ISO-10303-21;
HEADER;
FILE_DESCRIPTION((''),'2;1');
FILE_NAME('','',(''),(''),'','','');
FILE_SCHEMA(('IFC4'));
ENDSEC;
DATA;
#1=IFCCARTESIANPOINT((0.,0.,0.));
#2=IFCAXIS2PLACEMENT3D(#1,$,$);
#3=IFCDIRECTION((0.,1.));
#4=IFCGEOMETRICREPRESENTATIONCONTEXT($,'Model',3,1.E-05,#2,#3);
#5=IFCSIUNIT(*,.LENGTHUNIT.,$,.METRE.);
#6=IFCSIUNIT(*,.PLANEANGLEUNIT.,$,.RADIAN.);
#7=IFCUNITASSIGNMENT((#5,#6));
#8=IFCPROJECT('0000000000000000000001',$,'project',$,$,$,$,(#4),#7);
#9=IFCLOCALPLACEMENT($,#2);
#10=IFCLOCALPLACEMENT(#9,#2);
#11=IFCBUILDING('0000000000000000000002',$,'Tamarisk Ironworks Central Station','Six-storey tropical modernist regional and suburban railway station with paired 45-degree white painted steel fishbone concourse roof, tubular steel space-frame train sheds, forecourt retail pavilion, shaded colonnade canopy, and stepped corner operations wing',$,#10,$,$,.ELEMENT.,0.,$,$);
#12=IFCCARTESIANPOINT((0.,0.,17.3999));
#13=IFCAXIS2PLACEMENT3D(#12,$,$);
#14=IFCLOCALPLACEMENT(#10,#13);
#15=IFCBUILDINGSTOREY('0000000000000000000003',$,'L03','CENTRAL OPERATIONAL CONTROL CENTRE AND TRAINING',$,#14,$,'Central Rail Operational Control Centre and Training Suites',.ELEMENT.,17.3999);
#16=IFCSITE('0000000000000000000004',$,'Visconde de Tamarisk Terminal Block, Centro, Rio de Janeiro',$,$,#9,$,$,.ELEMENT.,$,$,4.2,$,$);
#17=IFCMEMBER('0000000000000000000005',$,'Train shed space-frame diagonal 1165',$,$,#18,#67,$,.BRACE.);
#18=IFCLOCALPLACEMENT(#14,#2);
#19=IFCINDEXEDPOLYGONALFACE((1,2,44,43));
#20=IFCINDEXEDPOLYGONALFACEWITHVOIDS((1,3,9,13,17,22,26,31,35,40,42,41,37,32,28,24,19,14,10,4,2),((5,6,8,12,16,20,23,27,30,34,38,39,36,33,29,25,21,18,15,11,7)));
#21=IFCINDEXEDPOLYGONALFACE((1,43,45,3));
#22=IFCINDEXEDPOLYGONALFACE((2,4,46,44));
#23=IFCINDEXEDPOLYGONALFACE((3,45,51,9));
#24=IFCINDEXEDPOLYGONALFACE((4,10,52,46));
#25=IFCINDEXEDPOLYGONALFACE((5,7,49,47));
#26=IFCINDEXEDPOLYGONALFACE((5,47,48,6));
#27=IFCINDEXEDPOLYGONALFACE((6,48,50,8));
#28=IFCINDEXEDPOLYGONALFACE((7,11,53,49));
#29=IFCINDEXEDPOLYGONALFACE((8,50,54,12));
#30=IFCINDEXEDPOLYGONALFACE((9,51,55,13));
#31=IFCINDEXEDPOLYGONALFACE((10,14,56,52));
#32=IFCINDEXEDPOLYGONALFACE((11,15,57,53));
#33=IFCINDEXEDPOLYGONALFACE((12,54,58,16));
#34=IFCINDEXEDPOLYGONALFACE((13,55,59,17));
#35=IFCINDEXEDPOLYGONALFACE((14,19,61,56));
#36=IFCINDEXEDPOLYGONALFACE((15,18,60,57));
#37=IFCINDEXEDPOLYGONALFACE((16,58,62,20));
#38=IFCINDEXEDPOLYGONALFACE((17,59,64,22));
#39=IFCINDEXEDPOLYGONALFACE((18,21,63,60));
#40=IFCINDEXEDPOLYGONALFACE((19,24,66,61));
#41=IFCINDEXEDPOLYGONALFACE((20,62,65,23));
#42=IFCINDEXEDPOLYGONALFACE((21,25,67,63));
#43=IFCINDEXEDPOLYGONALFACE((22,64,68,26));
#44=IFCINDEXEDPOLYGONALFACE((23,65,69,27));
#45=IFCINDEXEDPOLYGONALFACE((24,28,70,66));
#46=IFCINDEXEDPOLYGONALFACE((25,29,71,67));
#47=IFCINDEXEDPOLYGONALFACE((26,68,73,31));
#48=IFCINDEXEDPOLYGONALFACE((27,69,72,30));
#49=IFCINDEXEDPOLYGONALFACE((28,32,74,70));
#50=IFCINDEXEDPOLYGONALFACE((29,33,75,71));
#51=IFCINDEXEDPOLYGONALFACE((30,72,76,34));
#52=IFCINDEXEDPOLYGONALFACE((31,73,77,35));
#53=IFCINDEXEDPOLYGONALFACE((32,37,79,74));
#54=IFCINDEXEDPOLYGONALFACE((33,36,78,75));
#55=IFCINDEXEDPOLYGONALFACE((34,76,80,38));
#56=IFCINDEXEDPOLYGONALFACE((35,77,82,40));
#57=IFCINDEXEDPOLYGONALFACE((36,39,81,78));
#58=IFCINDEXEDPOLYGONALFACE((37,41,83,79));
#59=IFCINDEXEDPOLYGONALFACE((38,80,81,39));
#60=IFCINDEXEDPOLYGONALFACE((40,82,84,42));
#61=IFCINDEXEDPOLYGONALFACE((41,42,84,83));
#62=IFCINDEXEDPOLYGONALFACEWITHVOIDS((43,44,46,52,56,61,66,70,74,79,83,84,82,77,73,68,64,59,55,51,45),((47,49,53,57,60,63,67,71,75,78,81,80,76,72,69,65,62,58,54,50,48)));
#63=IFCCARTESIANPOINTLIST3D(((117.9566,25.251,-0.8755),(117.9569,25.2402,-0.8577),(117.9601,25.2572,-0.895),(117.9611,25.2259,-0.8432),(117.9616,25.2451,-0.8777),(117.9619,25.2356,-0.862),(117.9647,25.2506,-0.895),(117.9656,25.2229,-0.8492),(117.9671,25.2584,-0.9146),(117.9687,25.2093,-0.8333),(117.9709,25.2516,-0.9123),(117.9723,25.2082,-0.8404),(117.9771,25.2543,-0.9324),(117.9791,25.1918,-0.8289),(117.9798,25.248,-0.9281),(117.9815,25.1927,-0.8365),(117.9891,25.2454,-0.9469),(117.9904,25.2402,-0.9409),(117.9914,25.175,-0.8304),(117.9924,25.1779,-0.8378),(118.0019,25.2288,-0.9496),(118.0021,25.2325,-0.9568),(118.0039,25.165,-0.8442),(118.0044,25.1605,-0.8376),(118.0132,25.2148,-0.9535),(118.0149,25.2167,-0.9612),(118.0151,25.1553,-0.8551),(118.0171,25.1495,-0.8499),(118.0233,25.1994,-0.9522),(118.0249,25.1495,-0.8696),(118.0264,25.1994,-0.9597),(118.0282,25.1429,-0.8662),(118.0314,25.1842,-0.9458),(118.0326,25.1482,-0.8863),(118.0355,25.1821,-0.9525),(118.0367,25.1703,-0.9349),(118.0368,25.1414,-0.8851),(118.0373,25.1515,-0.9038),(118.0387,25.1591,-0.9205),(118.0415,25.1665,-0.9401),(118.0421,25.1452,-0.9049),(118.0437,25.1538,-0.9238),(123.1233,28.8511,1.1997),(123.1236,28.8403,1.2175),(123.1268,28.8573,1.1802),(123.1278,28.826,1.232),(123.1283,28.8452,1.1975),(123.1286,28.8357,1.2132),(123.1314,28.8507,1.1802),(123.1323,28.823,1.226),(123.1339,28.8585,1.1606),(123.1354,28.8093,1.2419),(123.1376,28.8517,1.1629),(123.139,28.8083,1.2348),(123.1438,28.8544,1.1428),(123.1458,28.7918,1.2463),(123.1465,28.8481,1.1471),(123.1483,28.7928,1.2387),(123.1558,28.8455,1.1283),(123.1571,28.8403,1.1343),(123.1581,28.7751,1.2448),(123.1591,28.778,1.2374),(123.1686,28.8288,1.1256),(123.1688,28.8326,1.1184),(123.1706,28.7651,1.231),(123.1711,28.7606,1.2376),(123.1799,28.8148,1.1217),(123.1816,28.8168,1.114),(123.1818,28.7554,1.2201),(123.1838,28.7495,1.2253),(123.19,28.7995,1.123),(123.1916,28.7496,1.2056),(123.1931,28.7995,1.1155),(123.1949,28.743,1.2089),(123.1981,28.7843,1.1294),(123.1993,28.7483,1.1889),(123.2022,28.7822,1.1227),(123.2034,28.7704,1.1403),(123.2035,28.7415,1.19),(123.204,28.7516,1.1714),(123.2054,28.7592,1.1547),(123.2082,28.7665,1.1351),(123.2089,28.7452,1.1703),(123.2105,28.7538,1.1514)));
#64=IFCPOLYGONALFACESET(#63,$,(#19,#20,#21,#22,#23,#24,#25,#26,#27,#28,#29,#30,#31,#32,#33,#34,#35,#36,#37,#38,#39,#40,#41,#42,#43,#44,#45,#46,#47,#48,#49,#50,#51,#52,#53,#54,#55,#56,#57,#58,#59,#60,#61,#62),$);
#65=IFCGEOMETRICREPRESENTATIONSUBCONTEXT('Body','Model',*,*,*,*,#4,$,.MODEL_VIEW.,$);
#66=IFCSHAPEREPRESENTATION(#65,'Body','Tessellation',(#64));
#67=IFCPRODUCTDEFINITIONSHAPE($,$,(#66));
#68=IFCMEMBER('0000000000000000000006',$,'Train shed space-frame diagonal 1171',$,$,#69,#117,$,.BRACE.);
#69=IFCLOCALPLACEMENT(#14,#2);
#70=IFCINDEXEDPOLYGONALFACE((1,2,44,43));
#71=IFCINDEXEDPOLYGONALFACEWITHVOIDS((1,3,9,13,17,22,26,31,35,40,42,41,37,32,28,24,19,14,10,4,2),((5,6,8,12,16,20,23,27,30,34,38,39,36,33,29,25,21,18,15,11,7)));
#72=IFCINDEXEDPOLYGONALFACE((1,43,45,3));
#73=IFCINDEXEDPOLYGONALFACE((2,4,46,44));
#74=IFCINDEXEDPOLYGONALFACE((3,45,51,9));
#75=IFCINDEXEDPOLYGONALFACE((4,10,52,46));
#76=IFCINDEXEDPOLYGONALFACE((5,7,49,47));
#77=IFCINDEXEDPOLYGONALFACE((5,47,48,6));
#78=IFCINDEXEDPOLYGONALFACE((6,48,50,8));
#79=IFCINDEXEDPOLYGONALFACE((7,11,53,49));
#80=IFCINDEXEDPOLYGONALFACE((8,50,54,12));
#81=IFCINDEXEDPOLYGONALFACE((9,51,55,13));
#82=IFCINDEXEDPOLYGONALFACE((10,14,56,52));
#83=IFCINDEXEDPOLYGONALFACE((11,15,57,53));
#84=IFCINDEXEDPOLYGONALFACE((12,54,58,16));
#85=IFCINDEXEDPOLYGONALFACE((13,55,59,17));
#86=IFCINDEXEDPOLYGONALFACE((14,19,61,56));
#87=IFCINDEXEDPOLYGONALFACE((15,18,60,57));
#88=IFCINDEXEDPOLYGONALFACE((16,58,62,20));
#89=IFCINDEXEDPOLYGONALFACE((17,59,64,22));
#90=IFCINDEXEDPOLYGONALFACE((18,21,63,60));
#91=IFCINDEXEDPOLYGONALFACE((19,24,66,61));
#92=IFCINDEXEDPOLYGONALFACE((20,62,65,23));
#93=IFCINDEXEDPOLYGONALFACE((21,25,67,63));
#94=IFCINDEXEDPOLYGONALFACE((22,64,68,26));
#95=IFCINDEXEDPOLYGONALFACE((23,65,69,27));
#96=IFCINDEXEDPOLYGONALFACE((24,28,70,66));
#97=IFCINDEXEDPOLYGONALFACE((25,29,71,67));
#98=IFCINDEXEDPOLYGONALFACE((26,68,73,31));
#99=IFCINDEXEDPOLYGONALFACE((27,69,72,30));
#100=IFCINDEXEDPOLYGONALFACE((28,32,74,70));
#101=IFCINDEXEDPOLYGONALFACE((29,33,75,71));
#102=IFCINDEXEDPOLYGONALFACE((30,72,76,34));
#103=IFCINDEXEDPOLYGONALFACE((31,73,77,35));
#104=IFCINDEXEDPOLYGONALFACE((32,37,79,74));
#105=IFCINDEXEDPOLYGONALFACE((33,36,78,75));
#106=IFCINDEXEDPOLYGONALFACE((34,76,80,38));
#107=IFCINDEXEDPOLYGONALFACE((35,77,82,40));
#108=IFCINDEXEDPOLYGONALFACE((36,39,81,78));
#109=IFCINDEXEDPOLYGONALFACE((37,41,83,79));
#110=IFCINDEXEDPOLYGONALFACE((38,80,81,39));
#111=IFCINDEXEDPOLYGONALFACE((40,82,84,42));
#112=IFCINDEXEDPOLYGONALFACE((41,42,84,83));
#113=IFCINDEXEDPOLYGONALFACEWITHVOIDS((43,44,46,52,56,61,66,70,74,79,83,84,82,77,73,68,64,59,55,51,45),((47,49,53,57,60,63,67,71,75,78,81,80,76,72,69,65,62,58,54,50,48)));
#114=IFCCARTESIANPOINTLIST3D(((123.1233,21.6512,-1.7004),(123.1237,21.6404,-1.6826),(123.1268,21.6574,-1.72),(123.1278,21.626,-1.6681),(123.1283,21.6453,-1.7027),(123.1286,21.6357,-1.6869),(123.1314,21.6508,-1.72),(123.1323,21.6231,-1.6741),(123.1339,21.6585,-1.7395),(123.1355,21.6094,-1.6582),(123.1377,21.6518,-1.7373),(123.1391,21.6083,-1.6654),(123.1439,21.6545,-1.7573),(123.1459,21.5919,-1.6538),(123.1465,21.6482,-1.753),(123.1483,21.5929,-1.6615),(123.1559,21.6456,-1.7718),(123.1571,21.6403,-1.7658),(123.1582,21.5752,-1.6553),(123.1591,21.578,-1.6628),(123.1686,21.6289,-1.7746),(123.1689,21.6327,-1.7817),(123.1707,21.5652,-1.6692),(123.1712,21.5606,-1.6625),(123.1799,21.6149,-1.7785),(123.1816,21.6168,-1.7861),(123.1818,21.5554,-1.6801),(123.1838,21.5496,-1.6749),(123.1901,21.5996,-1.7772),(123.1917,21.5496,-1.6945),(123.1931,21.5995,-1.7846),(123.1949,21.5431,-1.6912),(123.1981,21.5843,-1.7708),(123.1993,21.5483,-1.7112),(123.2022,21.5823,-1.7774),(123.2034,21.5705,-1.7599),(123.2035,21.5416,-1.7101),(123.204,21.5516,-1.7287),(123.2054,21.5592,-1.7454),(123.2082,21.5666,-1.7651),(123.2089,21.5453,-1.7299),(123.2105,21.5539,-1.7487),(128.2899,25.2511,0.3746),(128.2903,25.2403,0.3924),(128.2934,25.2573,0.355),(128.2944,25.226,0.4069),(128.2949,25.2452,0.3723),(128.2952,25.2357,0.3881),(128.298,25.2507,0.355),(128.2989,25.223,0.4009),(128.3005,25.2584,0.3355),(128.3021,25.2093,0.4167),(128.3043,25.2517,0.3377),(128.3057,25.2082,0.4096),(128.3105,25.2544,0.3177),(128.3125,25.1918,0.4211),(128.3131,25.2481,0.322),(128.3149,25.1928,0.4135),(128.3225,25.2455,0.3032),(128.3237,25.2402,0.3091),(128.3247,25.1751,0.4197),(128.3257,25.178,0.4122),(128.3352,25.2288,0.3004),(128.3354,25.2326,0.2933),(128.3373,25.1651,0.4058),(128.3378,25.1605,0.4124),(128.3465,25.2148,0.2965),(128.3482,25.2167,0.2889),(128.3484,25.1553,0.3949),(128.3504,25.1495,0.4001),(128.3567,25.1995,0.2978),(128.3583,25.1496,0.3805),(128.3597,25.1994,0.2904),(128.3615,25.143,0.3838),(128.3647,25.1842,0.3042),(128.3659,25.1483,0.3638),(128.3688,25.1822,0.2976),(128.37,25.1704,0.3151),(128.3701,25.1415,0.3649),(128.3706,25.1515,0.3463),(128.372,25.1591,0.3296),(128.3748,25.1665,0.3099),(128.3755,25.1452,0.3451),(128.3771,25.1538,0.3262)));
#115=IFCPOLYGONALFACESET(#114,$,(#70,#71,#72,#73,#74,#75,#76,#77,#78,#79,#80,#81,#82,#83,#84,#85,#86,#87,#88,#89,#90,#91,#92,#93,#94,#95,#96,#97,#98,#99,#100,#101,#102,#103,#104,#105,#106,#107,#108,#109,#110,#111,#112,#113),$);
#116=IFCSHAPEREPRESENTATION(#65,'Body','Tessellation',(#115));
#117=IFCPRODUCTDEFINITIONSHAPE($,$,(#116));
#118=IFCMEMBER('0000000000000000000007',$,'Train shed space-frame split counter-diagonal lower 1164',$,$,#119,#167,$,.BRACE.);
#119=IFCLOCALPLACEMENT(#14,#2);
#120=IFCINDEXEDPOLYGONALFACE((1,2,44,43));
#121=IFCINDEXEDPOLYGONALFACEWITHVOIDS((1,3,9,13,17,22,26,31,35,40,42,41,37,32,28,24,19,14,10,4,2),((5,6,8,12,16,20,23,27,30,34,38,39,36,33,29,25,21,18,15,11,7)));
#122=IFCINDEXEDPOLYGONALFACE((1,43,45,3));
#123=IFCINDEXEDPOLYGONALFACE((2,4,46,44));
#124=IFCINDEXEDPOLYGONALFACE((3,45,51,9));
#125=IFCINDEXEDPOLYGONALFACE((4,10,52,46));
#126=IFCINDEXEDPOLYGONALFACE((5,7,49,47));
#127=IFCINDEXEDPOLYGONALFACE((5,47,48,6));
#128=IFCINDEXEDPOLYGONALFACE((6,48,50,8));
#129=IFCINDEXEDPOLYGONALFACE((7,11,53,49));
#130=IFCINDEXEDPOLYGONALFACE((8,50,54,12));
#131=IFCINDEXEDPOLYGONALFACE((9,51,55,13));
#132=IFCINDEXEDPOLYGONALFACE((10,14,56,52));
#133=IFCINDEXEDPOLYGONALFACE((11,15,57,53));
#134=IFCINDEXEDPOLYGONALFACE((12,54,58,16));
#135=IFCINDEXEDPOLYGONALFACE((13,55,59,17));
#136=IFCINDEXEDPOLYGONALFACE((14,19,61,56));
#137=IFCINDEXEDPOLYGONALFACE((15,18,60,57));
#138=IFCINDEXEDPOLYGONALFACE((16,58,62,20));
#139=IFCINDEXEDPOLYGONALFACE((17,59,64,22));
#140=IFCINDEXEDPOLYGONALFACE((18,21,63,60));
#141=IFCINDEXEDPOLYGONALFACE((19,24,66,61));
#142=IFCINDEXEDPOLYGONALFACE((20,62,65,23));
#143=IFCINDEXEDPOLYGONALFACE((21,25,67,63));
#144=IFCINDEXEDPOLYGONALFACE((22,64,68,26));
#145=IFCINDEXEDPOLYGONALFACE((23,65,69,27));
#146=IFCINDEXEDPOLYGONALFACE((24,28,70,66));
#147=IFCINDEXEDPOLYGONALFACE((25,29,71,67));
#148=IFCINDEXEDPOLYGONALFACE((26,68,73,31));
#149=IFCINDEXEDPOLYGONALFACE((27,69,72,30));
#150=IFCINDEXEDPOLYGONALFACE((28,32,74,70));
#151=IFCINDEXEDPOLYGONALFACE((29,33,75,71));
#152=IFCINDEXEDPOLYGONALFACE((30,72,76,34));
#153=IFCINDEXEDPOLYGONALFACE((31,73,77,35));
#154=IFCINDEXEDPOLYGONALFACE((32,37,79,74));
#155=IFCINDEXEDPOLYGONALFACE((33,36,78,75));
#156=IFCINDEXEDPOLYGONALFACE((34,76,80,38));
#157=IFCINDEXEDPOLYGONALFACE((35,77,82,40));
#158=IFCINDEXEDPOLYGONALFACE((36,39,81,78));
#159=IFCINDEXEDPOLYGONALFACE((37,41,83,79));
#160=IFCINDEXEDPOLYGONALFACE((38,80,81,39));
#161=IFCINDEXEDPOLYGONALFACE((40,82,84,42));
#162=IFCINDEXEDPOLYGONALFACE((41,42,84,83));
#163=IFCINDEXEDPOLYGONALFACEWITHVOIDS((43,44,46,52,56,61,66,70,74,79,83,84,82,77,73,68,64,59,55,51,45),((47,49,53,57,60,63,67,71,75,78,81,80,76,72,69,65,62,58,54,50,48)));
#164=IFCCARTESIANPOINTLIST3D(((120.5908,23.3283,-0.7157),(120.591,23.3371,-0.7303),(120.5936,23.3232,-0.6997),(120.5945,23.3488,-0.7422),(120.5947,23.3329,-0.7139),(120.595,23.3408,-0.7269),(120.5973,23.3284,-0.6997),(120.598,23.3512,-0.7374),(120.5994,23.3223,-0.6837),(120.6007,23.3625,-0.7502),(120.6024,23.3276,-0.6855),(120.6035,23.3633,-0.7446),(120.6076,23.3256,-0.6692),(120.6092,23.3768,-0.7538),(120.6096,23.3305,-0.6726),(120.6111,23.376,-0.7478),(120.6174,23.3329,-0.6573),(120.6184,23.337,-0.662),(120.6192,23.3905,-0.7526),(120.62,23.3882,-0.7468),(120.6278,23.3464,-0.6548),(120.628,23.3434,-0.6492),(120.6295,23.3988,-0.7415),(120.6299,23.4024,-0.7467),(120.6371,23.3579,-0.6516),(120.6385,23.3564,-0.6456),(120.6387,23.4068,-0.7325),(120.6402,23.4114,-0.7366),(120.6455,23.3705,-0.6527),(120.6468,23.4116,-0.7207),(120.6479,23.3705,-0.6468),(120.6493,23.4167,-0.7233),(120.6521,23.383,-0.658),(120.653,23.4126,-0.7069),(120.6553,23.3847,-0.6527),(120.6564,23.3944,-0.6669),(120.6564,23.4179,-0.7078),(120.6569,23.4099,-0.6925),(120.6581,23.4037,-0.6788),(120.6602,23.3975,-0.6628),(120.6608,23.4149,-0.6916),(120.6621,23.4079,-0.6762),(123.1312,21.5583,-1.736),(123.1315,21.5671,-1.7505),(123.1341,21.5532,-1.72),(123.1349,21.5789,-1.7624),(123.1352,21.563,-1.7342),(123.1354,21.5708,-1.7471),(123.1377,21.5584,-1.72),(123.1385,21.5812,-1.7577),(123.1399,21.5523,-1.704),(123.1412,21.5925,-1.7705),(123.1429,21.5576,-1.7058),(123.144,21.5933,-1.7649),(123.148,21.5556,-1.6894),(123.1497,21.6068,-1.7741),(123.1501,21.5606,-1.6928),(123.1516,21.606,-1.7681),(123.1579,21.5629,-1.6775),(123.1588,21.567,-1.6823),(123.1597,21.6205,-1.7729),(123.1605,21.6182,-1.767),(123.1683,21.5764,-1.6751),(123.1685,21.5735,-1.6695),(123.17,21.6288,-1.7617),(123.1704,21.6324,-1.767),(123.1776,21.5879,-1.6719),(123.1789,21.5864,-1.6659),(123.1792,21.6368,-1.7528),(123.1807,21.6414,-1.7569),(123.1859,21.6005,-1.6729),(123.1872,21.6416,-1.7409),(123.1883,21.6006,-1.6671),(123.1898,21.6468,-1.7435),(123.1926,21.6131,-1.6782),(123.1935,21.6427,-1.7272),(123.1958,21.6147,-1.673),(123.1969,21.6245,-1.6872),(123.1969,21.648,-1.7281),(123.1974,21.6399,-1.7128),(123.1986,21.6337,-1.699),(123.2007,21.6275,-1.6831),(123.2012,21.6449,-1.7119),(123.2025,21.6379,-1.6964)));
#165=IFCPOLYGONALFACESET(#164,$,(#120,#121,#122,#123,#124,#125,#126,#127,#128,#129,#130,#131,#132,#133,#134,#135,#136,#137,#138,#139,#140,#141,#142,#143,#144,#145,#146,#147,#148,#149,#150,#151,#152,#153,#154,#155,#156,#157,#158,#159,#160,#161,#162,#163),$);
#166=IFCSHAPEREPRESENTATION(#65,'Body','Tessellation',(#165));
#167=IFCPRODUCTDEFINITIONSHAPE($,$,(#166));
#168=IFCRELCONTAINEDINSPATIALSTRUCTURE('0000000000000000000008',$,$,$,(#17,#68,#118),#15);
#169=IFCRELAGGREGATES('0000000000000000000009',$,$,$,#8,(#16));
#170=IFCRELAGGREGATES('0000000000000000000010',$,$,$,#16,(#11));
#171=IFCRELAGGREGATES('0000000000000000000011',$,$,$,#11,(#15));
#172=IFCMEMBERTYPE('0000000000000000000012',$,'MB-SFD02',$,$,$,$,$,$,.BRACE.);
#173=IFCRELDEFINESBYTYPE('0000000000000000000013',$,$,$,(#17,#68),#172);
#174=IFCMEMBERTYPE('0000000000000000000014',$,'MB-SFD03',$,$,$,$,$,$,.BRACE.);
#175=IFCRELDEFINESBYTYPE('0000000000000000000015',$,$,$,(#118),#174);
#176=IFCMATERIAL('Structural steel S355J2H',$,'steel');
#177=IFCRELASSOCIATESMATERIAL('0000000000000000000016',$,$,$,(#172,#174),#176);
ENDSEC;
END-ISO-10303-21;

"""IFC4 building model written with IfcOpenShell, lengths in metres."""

from ifc_helpers import new_model, si_unit, direction, frame, origin, origin_2d, place, context, subcontext, project, spatial, hollow_circle, extrude, material, material_profile, profile_set, type_object, element, save


model = new_model("IFC4")

# Units and contexts
model_context = context("Model", 3, precision=1e-05, world=origin(), true_north=direction((0.0, 1.0)))
body_context = subcontext(model_context, "Body", "Model", "MODEL_VIEW")
ifc_project = project(units=[si_unit("LENGTHUNIT", "METRE"), si_unit("PLANEANGLEUNIT", "RADIAN")], contexts=[model_context])

# Site, building, storey
site_placement = place(None, origin())
site = spatial("IfcSite", under=ifc_project, at=site_placement, Name="Visconde de Tamarisk Terminal Block, Centro, Rio de Janeiro", CompositionType="ELEMENT", RefElevation=4.2)
building_placement = place(site_placement, origin())
building = spatial("IfcBuilding", under=site, at=building_placement, Name="Tamarisk Ironworks Central Station", Description="Six-storey tropical modernist regional and suburban railway station with paired 45-degree white painted steel fishbone concourse roof, tubular steel space-frame train sheds, forecourt retail pavilion, shaded colonnade canopy, and stepped corner operations wing", CompositionType="ELEMENT", ElevationOfRefHeight=0.0)
storey_placement = place(building_placement, frame((0.0, 0.0, 17.3999)))
storey = spatial("IfcBuildingStorey", under=building, at=storey_placement, Name="L03", Description="CENTRAL OPERATIONAL CONTROL CENTRE AND TRAINING", LongName="Central Rail Operational Control Centre and Training Suites", CompositionType="ELEMENT", Elevation=17.3999)

# Members
ifc_material_1 = material(Name="Structural steel S355J2H", Category="steel")
ifc_material_profile_1 = material_profile(ifc_material_1, hollow_circle(Radius=0.0698, WallThickness=0.0081, at=origin_2d()), Name="CHS 139.7x8")
ifc_profile_set_1 = profile_set([ifc_material_profile_1], Name="Structural steel S355J2H")
member_type_1 = type_object("IfcMemberType", Name="MB-SFD02", PredefinedType="BRACE", material=ifc_profile_set_1)
member_1_placement = place(storey_placement, frame((118.0, 25.2, -0.895), z_axis=(0.779249, 0.542967, 0.312981), x_axis=(-0.571689, 0.82047, 0.0)))
element("IfcMember", 1, at=member_1_placement, inside=storey, type_object=member_type_1, Name="Train shed space-frame diagonal 1165", PredefinedType="BRACE", context=body_context, shape_type="SweptSolid", body=[
    extrude(hollow_circle(Radius=0.0698, WallThickness=0.0081, at=origin_2d()), origin(), (0.0, 0.0, 1.0), 6.6304),
])
member_2_placement = place(storey_placement, frame((123.1667, 21.6001, -1.72), z_axis=(0.779259, 0.542963, 0.312963), x_axis=(-0.571681, 0.820476, 0.0)))
element("IfcMember", 2, at=member_2_placement, inside=storey, type_object=member_type_1, Name="Train shed space-frame diagonal 1171", PredefinedType="BRACE", context=body_context, shape_type="SweptSolid", body=[
    extrude(hollow_circle(Radius=0.0698, WallThickness=0.0081, at=origin_2d()), origin(), (0.0, 0.0, 1.0), 6.6301),
])
ifc_material_profile_2 = material_profile(ifc_material_1, hollow_circle(Radius=0.0571, WallThickness=0.0063, at=origin_2d()), Name="CHS 114.3x6.3")
ifc_profile_set_2 = profile_set([ifc_material_profile_2], Name="Structural steel S355J2H")
member_type_2 = type_object("IfcMemberType", Name="MB-SFD03", PredefinedType="BRACE", material=ifc_profile_set_2)
for number, where, z_axis, x_axis, name in (
    (3, (123.1667, 21.6001, -1.72), (-0.779281, 0.542936, 0.312956), (-0.571651, -0.820497, 0.0), "Train shed space-frame split counter-diagonal lower 1164"),
):
    element("IfcMember", number, at=place(storey_placement, frame(where, z_axis=z_axis, x_axis=x_axis)), inside=storey, type_object=member_type_2, Name=name, PredefinedType="BRACE", context=body_context, shape_type="SweptSolid", body=[
        extrude(hollow_circle(Radius=0.0571, WallThickness=0.0063, at=origin_2d()), origin(), (0.0, 0.0, 1.0), 3.26),
    ])

save(model, "model.ifc")
